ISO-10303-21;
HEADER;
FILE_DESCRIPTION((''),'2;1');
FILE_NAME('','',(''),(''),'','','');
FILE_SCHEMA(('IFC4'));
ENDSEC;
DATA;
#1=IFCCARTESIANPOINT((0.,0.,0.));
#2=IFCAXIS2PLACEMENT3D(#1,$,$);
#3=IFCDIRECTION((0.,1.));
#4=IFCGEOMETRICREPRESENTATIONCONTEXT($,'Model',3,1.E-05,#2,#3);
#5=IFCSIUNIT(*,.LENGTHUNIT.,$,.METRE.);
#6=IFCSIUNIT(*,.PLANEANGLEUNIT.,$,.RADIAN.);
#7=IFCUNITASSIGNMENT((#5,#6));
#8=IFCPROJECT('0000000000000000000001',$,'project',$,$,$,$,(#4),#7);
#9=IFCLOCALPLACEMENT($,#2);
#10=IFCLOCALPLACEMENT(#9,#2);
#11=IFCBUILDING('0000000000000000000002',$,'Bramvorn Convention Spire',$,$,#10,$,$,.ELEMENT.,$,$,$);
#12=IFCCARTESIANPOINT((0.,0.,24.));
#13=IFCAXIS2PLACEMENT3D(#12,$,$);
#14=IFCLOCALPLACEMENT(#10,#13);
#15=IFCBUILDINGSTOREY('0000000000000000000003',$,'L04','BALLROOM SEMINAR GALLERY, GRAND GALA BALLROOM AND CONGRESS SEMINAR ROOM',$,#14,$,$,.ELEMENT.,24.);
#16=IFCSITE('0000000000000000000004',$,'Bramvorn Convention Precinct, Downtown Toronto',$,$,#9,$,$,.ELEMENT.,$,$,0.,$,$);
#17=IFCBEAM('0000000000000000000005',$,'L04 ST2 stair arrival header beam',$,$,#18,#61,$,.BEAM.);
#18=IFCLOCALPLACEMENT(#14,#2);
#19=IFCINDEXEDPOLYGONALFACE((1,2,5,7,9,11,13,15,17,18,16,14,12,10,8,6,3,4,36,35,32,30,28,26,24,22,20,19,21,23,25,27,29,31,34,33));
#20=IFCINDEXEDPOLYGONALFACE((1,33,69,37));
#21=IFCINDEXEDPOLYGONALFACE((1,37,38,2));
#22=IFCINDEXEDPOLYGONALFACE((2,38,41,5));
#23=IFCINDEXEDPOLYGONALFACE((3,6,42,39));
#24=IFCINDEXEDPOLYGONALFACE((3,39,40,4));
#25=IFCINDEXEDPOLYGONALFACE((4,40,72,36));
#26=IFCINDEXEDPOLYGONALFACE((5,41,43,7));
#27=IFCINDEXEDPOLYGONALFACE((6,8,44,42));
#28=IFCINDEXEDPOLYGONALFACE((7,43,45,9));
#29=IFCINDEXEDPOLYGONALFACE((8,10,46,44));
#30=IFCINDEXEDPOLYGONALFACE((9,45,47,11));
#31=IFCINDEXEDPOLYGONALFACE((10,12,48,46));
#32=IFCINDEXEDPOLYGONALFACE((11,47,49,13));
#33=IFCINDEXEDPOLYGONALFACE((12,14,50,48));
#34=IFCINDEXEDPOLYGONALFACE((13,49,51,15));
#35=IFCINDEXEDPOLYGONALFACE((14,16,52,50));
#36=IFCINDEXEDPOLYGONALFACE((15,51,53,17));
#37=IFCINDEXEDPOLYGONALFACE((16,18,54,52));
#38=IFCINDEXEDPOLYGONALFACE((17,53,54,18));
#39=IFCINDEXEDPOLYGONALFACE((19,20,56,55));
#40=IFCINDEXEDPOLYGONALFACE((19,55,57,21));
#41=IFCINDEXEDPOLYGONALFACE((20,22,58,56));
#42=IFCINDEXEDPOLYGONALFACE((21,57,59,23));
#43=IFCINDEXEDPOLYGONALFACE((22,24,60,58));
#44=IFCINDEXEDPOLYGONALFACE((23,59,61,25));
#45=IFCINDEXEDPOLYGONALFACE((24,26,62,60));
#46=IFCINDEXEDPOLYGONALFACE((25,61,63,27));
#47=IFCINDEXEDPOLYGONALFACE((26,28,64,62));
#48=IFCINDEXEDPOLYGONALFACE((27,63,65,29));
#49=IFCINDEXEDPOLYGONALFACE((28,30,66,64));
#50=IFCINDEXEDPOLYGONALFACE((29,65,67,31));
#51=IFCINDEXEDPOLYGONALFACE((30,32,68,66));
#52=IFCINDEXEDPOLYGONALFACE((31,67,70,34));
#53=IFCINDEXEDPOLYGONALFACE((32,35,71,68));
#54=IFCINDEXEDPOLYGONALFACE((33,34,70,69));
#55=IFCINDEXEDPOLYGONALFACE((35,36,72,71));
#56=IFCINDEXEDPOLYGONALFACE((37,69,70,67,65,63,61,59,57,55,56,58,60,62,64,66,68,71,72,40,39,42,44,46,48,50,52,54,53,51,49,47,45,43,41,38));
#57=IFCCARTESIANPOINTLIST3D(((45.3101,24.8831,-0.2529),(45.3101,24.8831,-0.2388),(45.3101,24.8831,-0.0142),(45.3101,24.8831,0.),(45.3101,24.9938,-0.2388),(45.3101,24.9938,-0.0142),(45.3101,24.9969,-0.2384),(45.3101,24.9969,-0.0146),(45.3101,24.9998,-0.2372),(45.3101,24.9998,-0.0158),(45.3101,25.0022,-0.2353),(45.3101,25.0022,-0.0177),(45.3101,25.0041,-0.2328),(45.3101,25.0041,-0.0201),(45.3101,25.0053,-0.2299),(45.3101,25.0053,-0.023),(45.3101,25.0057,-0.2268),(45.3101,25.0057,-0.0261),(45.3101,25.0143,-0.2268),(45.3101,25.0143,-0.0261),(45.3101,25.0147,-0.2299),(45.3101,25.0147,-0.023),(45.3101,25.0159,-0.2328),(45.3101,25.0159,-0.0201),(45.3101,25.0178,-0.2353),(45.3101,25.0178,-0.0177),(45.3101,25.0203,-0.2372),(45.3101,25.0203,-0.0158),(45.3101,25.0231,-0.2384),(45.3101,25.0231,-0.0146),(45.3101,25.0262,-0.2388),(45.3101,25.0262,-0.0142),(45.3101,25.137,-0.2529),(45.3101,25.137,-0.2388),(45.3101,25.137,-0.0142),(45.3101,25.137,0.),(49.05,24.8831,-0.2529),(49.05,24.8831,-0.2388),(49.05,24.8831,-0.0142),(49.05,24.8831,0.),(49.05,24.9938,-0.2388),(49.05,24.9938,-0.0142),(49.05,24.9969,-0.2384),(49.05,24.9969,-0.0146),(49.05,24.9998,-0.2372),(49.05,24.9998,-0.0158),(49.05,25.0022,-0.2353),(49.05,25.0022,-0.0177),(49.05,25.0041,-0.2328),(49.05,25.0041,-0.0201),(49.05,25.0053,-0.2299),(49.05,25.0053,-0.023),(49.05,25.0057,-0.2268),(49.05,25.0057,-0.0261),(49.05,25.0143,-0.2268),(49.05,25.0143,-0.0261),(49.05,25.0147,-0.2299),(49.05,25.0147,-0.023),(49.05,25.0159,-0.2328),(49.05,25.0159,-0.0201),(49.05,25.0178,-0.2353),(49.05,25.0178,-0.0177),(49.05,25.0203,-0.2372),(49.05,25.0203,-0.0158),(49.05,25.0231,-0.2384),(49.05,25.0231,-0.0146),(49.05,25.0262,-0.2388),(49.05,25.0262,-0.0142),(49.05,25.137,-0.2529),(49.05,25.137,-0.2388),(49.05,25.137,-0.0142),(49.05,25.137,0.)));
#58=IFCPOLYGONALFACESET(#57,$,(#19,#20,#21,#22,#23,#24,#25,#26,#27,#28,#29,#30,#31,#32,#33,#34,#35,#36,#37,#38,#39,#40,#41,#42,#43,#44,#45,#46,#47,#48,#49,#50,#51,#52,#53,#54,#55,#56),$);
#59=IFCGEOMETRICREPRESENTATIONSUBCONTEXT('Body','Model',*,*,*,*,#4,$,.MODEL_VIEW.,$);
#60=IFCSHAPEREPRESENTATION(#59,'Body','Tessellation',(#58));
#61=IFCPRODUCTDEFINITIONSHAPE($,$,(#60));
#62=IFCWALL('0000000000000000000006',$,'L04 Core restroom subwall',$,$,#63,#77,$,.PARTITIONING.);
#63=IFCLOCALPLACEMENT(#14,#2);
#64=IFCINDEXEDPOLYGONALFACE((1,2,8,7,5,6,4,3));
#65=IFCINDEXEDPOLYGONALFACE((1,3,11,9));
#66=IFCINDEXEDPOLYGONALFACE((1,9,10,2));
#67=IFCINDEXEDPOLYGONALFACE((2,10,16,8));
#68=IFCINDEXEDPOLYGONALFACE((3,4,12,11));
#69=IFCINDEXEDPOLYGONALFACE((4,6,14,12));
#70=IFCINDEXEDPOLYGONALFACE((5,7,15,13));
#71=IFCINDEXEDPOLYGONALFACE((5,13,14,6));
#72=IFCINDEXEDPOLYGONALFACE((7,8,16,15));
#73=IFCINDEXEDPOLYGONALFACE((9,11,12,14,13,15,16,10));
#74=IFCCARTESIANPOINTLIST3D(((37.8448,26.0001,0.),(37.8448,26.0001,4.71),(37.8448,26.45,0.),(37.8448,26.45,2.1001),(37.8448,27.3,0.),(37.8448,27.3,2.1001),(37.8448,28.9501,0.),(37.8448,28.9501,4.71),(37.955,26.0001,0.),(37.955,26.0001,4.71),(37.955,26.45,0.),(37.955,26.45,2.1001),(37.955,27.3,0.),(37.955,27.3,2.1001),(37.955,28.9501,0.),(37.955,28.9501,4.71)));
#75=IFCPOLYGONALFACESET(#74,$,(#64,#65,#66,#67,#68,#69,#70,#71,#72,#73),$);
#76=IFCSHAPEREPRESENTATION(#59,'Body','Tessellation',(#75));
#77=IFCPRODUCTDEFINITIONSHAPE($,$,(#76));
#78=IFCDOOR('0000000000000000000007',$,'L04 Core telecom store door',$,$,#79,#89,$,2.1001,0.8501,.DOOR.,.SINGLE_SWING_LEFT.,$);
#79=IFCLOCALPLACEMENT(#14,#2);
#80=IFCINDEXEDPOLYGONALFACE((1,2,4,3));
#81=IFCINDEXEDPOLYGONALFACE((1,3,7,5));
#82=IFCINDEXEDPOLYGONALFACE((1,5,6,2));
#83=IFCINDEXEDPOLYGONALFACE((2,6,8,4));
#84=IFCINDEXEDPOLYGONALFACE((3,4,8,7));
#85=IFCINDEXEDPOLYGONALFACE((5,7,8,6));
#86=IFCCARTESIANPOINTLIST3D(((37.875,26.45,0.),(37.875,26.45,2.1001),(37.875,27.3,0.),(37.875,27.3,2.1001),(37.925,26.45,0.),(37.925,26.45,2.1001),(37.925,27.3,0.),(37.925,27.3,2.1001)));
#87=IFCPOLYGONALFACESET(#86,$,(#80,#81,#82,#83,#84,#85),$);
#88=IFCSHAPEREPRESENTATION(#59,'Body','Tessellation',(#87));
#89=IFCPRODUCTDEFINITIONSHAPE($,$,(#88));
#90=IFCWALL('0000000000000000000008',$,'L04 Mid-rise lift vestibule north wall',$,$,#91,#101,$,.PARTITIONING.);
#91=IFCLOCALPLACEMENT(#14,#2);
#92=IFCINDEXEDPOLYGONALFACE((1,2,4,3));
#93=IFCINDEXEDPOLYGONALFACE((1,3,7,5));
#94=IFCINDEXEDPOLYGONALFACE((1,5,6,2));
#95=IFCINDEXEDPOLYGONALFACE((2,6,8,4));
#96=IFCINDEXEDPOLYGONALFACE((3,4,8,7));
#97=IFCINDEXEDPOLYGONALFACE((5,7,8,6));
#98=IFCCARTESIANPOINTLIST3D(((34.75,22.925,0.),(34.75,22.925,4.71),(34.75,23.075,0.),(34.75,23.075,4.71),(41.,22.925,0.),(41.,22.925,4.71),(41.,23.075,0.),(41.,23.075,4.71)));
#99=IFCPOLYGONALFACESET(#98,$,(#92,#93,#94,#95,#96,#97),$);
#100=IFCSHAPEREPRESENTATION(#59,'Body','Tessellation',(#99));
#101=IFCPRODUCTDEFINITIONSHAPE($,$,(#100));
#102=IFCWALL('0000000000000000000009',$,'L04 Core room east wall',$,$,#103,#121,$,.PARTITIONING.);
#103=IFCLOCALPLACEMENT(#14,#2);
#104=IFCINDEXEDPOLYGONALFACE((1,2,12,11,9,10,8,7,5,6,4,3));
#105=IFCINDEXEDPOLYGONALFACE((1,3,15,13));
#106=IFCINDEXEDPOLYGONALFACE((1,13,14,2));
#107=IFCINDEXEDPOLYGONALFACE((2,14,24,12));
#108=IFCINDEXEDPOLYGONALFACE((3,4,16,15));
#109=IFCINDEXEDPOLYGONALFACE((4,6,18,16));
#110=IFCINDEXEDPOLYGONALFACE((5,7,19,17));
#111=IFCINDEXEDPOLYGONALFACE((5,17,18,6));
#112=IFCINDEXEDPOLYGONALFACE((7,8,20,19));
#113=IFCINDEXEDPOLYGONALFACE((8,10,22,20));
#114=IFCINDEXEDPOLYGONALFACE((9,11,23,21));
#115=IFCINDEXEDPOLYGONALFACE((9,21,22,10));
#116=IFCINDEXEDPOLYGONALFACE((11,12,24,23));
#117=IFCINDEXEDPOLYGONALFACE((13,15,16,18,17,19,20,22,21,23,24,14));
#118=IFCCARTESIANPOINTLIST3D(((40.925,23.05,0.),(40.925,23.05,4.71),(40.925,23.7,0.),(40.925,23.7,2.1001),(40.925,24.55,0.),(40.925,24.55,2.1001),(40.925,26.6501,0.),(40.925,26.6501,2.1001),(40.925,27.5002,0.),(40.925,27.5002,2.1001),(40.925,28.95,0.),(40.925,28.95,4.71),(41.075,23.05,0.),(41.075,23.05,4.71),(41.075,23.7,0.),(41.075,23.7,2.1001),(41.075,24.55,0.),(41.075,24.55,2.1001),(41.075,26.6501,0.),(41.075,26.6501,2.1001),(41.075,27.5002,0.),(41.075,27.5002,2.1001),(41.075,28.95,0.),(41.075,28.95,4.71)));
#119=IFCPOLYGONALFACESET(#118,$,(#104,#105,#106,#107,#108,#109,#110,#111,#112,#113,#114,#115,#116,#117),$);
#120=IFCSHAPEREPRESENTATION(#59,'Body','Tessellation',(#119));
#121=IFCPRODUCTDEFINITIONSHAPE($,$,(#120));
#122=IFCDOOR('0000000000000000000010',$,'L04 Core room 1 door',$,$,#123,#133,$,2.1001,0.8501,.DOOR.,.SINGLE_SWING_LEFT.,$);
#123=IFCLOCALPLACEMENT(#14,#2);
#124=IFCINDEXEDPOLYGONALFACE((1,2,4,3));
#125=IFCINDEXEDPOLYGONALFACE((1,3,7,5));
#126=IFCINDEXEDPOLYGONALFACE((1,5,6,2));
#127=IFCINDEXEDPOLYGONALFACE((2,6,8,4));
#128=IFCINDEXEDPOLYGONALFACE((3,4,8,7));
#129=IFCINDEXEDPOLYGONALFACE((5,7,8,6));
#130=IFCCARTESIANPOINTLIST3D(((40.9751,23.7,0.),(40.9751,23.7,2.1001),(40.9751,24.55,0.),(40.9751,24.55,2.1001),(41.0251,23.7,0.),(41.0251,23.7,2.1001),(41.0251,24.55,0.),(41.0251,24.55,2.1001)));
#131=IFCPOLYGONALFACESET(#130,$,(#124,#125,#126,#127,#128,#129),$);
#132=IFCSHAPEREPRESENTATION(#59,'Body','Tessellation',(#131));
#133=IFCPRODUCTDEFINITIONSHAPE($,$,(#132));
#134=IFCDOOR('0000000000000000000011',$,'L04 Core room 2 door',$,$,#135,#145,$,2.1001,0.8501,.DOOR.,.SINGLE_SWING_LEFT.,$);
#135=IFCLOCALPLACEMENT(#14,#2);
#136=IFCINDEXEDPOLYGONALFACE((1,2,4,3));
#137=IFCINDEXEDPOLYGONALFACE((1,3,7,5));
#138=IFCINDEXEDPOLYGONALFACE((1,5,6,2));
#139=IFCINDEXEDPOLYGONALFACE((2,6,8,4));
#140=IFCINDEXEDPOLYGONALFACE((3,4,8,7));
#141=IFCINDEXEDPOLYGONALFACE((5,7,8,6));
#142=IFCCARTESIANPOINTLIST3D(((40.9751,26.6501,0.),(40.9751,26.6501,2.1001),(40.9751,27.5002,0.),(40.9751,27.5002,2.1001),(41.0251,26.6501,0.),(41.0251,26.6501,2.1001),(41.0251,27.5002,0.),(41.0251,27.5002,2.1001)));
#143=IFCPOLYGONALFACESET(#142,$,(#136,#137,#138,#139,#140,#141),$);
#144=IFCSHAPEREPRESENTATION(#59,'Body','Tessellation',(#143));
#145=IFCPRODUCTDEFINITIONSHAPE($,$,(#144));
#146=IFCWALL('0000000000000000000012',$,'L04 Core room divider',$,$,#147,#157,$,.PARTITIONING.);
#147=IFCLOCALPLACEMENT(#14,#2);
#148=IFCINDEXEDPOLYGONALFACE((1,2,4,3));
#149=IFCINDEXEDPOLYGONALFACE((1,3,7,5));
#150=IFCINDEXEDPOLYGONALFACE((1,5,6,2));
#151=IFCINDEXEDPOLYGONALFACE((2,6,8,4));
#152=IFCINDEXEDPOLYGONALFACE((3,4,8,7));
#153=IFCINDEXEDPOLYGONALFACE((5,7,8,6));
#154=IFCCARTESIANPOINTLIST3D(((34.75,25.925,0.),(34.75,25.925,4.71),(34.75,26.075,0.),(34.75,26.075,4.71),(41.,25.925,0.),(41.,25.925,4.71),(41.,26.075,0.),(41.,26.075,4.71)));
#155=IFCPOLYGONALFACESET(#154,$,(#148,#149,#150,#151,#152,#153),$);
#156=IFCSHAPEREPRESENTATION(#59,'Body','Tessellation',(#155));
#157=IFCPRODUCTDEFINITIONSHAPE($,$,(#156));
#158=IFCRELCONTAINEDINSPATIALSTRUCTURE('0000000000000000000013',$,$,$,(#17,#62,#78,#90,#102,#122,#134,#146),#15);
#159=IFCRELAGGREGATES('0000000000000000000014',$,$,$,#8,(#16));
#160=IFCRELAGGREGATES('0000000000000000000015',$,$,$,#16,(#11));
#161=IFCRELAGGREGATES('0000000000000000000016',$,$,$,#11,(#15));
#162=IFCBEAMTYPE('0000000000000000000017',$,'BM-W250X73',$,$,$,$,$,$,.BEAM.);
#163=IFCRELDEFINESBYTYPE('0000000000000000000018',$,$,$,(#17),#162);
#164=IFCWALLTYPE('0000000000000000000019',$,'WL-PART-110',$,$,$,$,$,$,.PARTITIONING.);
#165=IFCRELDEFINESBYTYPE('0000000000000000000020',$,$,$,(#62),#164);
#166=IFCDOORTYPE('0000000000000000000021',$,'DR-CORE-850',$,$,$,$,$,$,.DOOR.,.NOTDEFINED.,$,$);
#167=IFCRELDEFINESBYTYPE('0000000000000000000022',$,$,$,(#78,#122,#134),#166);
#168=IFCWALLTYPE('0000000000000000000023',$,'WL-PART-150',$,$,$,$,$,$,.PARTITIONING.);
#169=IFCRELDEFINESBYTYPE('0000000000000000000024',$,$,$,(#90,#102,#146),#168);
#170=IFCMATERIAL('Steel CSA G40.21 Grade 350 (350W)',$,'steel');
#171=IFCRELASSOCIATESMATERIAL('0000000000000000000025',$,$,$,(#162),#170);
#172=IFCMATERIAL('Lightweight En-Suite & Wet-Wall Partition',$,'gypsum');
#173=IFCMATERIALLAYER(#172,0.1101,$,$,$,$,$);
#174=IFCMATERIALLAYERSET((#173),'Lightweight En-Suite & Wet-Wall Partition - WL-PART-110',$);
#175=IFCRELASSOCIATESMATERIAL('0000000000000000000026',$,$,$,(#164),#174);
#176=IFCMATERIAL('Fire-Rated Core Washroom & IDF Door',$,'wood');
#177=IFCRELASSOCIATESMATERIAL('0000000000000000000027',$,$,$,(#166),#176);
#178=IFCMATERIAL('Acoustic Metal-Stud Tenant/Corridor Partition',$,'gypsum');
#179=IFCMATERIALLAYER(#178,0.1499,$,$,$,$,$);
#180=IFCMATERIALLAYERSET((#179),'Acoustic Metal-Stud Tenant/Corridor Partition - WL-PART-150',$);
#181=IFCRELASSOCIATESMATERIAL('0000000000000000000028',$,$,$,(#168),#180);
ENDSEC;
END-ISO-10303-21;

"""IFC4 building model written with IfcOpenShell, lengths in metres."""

from ifc_helpers import new_model, si_unit, direction, frame, frame_2d, origin, origin_2d, place, context, subcontext, project, spatial, rectangle, i_section, extrude, material, layer, layer_set, material_profile, profile_set, type_object, element, fill, save


model = new_model("IFC4")

# Units and contexts
model_context = context("Model", 3, precision=1e-05, world=origin(), true_north=direction((0.0, 1.0)))
body_context = subcontext(model_context, "Body", "Model", "MODEL_VIEW")
ifc_project = project(units=[si_unit("LENGTHUNIT", "METRE"), si_unit("PLANEANGLEUNIT", "RADIAN")], contexts=[model_context])

# Site, building, storey
site_placement = place(None, origin())
site = spatial("IfcSite", under=ifc_project, at=site_placement, Name="Bramvorn Convention Precinct, Downtown Toronto", CompositionType="ELEMENT", RefElevation=0.0)
building_placement = place(site_placement, origin())
building = spatial("IfcBuilding", under=site, at=building_placement, Name="Bramvorn Convention Spire", CompositionType="ELEMENT")
storey_placement = place(building_placement, frame((0.0, 0.0, 24.0)))
storey = spatial("IfcBuildingStorey", under=building, at=storey_placement, Name="L04", Description="BALLROOM SEMINAR GALLERY, GRAND GALA BALLROOM AND CONGRESS SEMINAR ROOM", CompositionType="ELEMENT", Elevation=24.0)

# Beam
ifc_material_1 = material(Name="Steel CSA G40.21 Grade 350 (350W)", Category="steel")
ifc_material_profile = material_profile(ifc_material_1, i_section(OverallWidth=0.2539, OverallDepth=0.2529, WebThickness=0.0085, FlangeThickness=0.0142, FilletRadius=0.012, at=origin_2d()))
ifc_profile_set = profile_set([ifc_material_profile], Name="Steel CSA G40.21 Grade 350 (350W) - W250X73")
beam_type = type_object("IfcBeamType", Name="BM-W250X73", PredefinedType="BEAM", material=ifc_profile_set)
beam_placement = place(storey_placement, frame((45.3101, 25.01, -0.1265), z_axis=(1.0, 0.0, 0.0), x_axis=(0.0, 1.0, 0.0)))
element("IfcBeam", 1, at=beam_placement, inside=storey, type_object=beam_type, Name="L04 ST2 stair arrival header beam", PredefinedType="BEAM", context=body_context, shape_type="SweptSolid", body=[
    extrude(i_section(OverallWidth=0.2539, OverallDepth=0.2529, WebThickness=0.0085, FlangeThickness=0.0142, FilletRadius=0.012, at=origin_2d()), origin(), (0.0, 0.0, 1.0), 3.74),
])

# Wall, opening, door
ifc_material_2 = material(Name="Lightweight En-Suite & Wet-Wall Partition", Category="gypsum")
ifc_layer_1 = layer(ifc_material_2, 0.1101)
ifc_layer_set_1 = layer_set([ifc_layer_1], Name="Lightweight En-Suite & Wet-Wall Partition - WL-PART-110")
wall_type_1 = type_object("IfcWallType", Name="WL-PART-110", PredefinedType="PARTITIONING", material=ifc_layer_set_1)
wall_1_placement = place(storey_placement, frame((37.8999, 26.0, 0.0), z_axis=(0.0, 0.0, 1.0), x_axis=(0.0, 1.0, 0.0)))
wall_1 = element("IfcWall", 2, at=wall_1_placement, inside=storey, type_object=wall_type_1, Name="L04 Core restroom subwall", PredefinedType="PARTITIONING", context=body_context, shape_type="SweptSolid", body=[
    extrude(rectangle(XDim=2.95, YDim=0.1101, at=frame_2d((1.4751, 0.0))), origin(), (0.0, 0.0, 1.0), 4.71),
])
opening_1_placement = place(wall_1_placement, frame((0.45, 0.0, 0.0)))
opening_1 = element("IfcOpeningElement", 3, at=opening_1_placement, cuts=wall_1, PredefinedType="OPENING", context=body_context, shape_type="SweptSolid", body=[
    extrude(rectangle(XDim=0.8501, YDim=2.1001, at=frame_2d((0.425, 1.05))), frame((0.0, 0.0649, 0.0), z_axis=(0.0, -1.0, 0.0), x_axis=(1.0, 0.0, 0.0)), (0.0, 0.0, 1.0), 0.1301),
])
ifc_material_3 = material(Name="Fire-Rated Core Washroom & IDF Door", Category="wood")
door_type = type_object("IfcDoorType", Name="DR-CORE-850", OperationType="NOTDEFINED", PredefinedType="DOOR", material=ifc_material_3)
door_1_placement = place(opening_1_placement, origin())
door_1 = element("IfcDoor", 4, at=door_1_placement, inside=storey, type_object=door_type, Name="L04 Core telecom store door", OperationType="SINGLE_SWING_LEFT", OverallHeight=2.1001, OverallWidth=0.8501, PredefinedType="DOOR", context=body_context, shape_type="SweptSolid", body=[
    extrude(rectangle(XDim=0.8501, YDim=2.1001, at=frame_2d((0.425, 1.05))), frame((0.0, 0.0249, 0.0), z_axis=(0.0, -1.0, 0.0), x_axis=(1.0, 0.0, 0.0)), (0.0, 0.0, 1.0), 0.05),
])
fill(opening_1, door_1)

# Wall
ifc_material_4 = material(Name="Acoustic Metal-Stud Tenant/Corridor Partition", Category="gypsum")
ifc_layer_2 = layer(ifc_material_4, 0.1499)
ifc_layer_set_2 = layer_set([ifc_layer_2], Name="Acoustic Metal-Stud Tenant/Corridor Partition - WL-PART-150")
wall_type_2 = type_object("IfcWallType", Name="WL-PART-150", PredefinedType="PARTITIONING", material=ifc_layer_set_2)
wall_2_placement = place(storey_placement, frame((34.75, 23.0, 0.0), z_axis=(0.0, 0.0, 1.0), x_axis=(1.0, 0.0, 0.0)))
element("IfcWall", 5, at=wall_2_placement, inside=storey, type_object=wall_type_2, Name="L04 Mid-rise lift vestibule north wall", PredefinedType="PARTITIONING", context=body_context, shape_type="SweptSolid", body=[
    extrude(rectangle(XDim=6.25, YDim=0.1499, at=frame_2d((3.125, 0.0))), origin(), (0.0, 0.0, 1.0), 4.71),
])

# Wall, openings, doors
wall_3_placement = place(storey_placement, frame((41.0, 23.05, 0.0), z_axis=(0.0, 0.0, 1.0), x_axis=(0.0, 1.0, 0.0)))
wall_3 = element("IfcWall", 6, at=wall_3_placement, inside=storey, type_object=wall_type_2, Name="L04 Core room east wall", PredefinedType="PARTITIONING", context=body_context, shape_type="SweptSolid", body=[
    extrude(rectangle(XDim=5.8999, YDim=0.1499, at=frame_2d((2.95, 0.0))), origin(), (0.0, 0.0, 1.0), 4.71),
])
opening_2_placement = place(wall_3_placement, frame((0.6499, 0.0, 0.0)))
opening_2 = element("IfcOpeningElement", 7, at=opening_2_placement, cuts=wall_3, PredefinedType="OPENING", context=body_context, shape_type="SweptSolid", body=[
    extrude(rectangle(XDim=0.8501, YDim=2.1001, at=frame_2d((0.425, 1.05))), frame((0.0, 0.085, 0.0), z_axis=(0.0, -1.0, 0.0), x_axis=(1.0, 0.0, 0.0)), (0.0, 0.0, 1.0), 0.1699),
])
opening_3_placement = place(wall_3_placement, frame((3.6001, 0.0, 0.0)))
opening_3 = element("IfcOpeningElement", 8, at=opening_3_placement, cuts=wall_3, PredefinedType="OPENING", context=body_context, shape_type="SweptSolid", body=[
    extrude(rectangle(XDim=0.8501, YDim=2.1001, at=frame_2d((0.425, 1.05))), frame((0.0, 0.085, 0.0), z_axis=(0.0, -1.0, 0.0), x_axis=(1.0, 0.0, 0.0)), (0.0, 0.0, 1.0), 0.1699),
])
door_2_placement = place(opening_2_placement, origin())
door_2 = element("IfcDoor", 9, at=door_2_placement, inside=storey, type_object=door_type, Name="L04 Core room 1 door", OperationType="SINGLE_SWING_LEFT", OverallHeight=2.1001, OverallWidth=0.8501, PredefinedType="DOOR", context=body_context, shape_type="SweptSolid", body=[
    extrude(rectangle(XDim=0.8501, YDim=2.1001, at=frame_2d((0.425, 1.05))), frame((0.0, 0.0249, 0.0), z_axis=(0.0, -1.0, 0.0), x_axis=(1.0, 0.0, 0.0)), (0.0, 0.0, 1.0), 0.05),
])
fill(opening_2, door_2)
door_3_placement = place(opening_3_placement, origin())
door_3 = element("IfcDoor", 10, at=door_3_placement, inside=storey, type_object=door_type, Name="L04 Core room 2 door", OperationType="SINGLE_SWING_LEFT", OverallHeight=2.1001, OverallWidth=0.8501, PredefinedType="DOOR", context=body_context, shape_type="SweptSolid", body=[
    extrude(rectangle(XDim=0.8501, YDim=2.1001, at=frame_2d((0.425, 1.05))), frame((0.0, 0.0249, 0.0), z_axis=(0.0, -1.0, 0.0), x_axis=(1.0, 0.0, 0.0)), (0.0, 0.0, 1.0), 0.05),
])
fill(opening_3, door_3)

# Wall
wall_4_placement = place(storey_placement, frame((34.75, 26.0, 0.0), z_axis=(0.0, 0.0, 1.0), x_axis=(1.0, 0.0, 0.0)))
element("IfcWall", 11, at=wall_4_placement, inside=storey, type_object=wall_type_2, Name="L04 Core room divider", PredefinedType="PARTITIONING", context=body_context, shape_type="SweptSolid", body=[
    extrude(rectangle(XDim=6.25, YDim=0.1499, at=frame_2d((3.125, 0.0))), origin(), (0.0, 0.0, 1.0), 4.71),
])

save(model, "model.ifc")
